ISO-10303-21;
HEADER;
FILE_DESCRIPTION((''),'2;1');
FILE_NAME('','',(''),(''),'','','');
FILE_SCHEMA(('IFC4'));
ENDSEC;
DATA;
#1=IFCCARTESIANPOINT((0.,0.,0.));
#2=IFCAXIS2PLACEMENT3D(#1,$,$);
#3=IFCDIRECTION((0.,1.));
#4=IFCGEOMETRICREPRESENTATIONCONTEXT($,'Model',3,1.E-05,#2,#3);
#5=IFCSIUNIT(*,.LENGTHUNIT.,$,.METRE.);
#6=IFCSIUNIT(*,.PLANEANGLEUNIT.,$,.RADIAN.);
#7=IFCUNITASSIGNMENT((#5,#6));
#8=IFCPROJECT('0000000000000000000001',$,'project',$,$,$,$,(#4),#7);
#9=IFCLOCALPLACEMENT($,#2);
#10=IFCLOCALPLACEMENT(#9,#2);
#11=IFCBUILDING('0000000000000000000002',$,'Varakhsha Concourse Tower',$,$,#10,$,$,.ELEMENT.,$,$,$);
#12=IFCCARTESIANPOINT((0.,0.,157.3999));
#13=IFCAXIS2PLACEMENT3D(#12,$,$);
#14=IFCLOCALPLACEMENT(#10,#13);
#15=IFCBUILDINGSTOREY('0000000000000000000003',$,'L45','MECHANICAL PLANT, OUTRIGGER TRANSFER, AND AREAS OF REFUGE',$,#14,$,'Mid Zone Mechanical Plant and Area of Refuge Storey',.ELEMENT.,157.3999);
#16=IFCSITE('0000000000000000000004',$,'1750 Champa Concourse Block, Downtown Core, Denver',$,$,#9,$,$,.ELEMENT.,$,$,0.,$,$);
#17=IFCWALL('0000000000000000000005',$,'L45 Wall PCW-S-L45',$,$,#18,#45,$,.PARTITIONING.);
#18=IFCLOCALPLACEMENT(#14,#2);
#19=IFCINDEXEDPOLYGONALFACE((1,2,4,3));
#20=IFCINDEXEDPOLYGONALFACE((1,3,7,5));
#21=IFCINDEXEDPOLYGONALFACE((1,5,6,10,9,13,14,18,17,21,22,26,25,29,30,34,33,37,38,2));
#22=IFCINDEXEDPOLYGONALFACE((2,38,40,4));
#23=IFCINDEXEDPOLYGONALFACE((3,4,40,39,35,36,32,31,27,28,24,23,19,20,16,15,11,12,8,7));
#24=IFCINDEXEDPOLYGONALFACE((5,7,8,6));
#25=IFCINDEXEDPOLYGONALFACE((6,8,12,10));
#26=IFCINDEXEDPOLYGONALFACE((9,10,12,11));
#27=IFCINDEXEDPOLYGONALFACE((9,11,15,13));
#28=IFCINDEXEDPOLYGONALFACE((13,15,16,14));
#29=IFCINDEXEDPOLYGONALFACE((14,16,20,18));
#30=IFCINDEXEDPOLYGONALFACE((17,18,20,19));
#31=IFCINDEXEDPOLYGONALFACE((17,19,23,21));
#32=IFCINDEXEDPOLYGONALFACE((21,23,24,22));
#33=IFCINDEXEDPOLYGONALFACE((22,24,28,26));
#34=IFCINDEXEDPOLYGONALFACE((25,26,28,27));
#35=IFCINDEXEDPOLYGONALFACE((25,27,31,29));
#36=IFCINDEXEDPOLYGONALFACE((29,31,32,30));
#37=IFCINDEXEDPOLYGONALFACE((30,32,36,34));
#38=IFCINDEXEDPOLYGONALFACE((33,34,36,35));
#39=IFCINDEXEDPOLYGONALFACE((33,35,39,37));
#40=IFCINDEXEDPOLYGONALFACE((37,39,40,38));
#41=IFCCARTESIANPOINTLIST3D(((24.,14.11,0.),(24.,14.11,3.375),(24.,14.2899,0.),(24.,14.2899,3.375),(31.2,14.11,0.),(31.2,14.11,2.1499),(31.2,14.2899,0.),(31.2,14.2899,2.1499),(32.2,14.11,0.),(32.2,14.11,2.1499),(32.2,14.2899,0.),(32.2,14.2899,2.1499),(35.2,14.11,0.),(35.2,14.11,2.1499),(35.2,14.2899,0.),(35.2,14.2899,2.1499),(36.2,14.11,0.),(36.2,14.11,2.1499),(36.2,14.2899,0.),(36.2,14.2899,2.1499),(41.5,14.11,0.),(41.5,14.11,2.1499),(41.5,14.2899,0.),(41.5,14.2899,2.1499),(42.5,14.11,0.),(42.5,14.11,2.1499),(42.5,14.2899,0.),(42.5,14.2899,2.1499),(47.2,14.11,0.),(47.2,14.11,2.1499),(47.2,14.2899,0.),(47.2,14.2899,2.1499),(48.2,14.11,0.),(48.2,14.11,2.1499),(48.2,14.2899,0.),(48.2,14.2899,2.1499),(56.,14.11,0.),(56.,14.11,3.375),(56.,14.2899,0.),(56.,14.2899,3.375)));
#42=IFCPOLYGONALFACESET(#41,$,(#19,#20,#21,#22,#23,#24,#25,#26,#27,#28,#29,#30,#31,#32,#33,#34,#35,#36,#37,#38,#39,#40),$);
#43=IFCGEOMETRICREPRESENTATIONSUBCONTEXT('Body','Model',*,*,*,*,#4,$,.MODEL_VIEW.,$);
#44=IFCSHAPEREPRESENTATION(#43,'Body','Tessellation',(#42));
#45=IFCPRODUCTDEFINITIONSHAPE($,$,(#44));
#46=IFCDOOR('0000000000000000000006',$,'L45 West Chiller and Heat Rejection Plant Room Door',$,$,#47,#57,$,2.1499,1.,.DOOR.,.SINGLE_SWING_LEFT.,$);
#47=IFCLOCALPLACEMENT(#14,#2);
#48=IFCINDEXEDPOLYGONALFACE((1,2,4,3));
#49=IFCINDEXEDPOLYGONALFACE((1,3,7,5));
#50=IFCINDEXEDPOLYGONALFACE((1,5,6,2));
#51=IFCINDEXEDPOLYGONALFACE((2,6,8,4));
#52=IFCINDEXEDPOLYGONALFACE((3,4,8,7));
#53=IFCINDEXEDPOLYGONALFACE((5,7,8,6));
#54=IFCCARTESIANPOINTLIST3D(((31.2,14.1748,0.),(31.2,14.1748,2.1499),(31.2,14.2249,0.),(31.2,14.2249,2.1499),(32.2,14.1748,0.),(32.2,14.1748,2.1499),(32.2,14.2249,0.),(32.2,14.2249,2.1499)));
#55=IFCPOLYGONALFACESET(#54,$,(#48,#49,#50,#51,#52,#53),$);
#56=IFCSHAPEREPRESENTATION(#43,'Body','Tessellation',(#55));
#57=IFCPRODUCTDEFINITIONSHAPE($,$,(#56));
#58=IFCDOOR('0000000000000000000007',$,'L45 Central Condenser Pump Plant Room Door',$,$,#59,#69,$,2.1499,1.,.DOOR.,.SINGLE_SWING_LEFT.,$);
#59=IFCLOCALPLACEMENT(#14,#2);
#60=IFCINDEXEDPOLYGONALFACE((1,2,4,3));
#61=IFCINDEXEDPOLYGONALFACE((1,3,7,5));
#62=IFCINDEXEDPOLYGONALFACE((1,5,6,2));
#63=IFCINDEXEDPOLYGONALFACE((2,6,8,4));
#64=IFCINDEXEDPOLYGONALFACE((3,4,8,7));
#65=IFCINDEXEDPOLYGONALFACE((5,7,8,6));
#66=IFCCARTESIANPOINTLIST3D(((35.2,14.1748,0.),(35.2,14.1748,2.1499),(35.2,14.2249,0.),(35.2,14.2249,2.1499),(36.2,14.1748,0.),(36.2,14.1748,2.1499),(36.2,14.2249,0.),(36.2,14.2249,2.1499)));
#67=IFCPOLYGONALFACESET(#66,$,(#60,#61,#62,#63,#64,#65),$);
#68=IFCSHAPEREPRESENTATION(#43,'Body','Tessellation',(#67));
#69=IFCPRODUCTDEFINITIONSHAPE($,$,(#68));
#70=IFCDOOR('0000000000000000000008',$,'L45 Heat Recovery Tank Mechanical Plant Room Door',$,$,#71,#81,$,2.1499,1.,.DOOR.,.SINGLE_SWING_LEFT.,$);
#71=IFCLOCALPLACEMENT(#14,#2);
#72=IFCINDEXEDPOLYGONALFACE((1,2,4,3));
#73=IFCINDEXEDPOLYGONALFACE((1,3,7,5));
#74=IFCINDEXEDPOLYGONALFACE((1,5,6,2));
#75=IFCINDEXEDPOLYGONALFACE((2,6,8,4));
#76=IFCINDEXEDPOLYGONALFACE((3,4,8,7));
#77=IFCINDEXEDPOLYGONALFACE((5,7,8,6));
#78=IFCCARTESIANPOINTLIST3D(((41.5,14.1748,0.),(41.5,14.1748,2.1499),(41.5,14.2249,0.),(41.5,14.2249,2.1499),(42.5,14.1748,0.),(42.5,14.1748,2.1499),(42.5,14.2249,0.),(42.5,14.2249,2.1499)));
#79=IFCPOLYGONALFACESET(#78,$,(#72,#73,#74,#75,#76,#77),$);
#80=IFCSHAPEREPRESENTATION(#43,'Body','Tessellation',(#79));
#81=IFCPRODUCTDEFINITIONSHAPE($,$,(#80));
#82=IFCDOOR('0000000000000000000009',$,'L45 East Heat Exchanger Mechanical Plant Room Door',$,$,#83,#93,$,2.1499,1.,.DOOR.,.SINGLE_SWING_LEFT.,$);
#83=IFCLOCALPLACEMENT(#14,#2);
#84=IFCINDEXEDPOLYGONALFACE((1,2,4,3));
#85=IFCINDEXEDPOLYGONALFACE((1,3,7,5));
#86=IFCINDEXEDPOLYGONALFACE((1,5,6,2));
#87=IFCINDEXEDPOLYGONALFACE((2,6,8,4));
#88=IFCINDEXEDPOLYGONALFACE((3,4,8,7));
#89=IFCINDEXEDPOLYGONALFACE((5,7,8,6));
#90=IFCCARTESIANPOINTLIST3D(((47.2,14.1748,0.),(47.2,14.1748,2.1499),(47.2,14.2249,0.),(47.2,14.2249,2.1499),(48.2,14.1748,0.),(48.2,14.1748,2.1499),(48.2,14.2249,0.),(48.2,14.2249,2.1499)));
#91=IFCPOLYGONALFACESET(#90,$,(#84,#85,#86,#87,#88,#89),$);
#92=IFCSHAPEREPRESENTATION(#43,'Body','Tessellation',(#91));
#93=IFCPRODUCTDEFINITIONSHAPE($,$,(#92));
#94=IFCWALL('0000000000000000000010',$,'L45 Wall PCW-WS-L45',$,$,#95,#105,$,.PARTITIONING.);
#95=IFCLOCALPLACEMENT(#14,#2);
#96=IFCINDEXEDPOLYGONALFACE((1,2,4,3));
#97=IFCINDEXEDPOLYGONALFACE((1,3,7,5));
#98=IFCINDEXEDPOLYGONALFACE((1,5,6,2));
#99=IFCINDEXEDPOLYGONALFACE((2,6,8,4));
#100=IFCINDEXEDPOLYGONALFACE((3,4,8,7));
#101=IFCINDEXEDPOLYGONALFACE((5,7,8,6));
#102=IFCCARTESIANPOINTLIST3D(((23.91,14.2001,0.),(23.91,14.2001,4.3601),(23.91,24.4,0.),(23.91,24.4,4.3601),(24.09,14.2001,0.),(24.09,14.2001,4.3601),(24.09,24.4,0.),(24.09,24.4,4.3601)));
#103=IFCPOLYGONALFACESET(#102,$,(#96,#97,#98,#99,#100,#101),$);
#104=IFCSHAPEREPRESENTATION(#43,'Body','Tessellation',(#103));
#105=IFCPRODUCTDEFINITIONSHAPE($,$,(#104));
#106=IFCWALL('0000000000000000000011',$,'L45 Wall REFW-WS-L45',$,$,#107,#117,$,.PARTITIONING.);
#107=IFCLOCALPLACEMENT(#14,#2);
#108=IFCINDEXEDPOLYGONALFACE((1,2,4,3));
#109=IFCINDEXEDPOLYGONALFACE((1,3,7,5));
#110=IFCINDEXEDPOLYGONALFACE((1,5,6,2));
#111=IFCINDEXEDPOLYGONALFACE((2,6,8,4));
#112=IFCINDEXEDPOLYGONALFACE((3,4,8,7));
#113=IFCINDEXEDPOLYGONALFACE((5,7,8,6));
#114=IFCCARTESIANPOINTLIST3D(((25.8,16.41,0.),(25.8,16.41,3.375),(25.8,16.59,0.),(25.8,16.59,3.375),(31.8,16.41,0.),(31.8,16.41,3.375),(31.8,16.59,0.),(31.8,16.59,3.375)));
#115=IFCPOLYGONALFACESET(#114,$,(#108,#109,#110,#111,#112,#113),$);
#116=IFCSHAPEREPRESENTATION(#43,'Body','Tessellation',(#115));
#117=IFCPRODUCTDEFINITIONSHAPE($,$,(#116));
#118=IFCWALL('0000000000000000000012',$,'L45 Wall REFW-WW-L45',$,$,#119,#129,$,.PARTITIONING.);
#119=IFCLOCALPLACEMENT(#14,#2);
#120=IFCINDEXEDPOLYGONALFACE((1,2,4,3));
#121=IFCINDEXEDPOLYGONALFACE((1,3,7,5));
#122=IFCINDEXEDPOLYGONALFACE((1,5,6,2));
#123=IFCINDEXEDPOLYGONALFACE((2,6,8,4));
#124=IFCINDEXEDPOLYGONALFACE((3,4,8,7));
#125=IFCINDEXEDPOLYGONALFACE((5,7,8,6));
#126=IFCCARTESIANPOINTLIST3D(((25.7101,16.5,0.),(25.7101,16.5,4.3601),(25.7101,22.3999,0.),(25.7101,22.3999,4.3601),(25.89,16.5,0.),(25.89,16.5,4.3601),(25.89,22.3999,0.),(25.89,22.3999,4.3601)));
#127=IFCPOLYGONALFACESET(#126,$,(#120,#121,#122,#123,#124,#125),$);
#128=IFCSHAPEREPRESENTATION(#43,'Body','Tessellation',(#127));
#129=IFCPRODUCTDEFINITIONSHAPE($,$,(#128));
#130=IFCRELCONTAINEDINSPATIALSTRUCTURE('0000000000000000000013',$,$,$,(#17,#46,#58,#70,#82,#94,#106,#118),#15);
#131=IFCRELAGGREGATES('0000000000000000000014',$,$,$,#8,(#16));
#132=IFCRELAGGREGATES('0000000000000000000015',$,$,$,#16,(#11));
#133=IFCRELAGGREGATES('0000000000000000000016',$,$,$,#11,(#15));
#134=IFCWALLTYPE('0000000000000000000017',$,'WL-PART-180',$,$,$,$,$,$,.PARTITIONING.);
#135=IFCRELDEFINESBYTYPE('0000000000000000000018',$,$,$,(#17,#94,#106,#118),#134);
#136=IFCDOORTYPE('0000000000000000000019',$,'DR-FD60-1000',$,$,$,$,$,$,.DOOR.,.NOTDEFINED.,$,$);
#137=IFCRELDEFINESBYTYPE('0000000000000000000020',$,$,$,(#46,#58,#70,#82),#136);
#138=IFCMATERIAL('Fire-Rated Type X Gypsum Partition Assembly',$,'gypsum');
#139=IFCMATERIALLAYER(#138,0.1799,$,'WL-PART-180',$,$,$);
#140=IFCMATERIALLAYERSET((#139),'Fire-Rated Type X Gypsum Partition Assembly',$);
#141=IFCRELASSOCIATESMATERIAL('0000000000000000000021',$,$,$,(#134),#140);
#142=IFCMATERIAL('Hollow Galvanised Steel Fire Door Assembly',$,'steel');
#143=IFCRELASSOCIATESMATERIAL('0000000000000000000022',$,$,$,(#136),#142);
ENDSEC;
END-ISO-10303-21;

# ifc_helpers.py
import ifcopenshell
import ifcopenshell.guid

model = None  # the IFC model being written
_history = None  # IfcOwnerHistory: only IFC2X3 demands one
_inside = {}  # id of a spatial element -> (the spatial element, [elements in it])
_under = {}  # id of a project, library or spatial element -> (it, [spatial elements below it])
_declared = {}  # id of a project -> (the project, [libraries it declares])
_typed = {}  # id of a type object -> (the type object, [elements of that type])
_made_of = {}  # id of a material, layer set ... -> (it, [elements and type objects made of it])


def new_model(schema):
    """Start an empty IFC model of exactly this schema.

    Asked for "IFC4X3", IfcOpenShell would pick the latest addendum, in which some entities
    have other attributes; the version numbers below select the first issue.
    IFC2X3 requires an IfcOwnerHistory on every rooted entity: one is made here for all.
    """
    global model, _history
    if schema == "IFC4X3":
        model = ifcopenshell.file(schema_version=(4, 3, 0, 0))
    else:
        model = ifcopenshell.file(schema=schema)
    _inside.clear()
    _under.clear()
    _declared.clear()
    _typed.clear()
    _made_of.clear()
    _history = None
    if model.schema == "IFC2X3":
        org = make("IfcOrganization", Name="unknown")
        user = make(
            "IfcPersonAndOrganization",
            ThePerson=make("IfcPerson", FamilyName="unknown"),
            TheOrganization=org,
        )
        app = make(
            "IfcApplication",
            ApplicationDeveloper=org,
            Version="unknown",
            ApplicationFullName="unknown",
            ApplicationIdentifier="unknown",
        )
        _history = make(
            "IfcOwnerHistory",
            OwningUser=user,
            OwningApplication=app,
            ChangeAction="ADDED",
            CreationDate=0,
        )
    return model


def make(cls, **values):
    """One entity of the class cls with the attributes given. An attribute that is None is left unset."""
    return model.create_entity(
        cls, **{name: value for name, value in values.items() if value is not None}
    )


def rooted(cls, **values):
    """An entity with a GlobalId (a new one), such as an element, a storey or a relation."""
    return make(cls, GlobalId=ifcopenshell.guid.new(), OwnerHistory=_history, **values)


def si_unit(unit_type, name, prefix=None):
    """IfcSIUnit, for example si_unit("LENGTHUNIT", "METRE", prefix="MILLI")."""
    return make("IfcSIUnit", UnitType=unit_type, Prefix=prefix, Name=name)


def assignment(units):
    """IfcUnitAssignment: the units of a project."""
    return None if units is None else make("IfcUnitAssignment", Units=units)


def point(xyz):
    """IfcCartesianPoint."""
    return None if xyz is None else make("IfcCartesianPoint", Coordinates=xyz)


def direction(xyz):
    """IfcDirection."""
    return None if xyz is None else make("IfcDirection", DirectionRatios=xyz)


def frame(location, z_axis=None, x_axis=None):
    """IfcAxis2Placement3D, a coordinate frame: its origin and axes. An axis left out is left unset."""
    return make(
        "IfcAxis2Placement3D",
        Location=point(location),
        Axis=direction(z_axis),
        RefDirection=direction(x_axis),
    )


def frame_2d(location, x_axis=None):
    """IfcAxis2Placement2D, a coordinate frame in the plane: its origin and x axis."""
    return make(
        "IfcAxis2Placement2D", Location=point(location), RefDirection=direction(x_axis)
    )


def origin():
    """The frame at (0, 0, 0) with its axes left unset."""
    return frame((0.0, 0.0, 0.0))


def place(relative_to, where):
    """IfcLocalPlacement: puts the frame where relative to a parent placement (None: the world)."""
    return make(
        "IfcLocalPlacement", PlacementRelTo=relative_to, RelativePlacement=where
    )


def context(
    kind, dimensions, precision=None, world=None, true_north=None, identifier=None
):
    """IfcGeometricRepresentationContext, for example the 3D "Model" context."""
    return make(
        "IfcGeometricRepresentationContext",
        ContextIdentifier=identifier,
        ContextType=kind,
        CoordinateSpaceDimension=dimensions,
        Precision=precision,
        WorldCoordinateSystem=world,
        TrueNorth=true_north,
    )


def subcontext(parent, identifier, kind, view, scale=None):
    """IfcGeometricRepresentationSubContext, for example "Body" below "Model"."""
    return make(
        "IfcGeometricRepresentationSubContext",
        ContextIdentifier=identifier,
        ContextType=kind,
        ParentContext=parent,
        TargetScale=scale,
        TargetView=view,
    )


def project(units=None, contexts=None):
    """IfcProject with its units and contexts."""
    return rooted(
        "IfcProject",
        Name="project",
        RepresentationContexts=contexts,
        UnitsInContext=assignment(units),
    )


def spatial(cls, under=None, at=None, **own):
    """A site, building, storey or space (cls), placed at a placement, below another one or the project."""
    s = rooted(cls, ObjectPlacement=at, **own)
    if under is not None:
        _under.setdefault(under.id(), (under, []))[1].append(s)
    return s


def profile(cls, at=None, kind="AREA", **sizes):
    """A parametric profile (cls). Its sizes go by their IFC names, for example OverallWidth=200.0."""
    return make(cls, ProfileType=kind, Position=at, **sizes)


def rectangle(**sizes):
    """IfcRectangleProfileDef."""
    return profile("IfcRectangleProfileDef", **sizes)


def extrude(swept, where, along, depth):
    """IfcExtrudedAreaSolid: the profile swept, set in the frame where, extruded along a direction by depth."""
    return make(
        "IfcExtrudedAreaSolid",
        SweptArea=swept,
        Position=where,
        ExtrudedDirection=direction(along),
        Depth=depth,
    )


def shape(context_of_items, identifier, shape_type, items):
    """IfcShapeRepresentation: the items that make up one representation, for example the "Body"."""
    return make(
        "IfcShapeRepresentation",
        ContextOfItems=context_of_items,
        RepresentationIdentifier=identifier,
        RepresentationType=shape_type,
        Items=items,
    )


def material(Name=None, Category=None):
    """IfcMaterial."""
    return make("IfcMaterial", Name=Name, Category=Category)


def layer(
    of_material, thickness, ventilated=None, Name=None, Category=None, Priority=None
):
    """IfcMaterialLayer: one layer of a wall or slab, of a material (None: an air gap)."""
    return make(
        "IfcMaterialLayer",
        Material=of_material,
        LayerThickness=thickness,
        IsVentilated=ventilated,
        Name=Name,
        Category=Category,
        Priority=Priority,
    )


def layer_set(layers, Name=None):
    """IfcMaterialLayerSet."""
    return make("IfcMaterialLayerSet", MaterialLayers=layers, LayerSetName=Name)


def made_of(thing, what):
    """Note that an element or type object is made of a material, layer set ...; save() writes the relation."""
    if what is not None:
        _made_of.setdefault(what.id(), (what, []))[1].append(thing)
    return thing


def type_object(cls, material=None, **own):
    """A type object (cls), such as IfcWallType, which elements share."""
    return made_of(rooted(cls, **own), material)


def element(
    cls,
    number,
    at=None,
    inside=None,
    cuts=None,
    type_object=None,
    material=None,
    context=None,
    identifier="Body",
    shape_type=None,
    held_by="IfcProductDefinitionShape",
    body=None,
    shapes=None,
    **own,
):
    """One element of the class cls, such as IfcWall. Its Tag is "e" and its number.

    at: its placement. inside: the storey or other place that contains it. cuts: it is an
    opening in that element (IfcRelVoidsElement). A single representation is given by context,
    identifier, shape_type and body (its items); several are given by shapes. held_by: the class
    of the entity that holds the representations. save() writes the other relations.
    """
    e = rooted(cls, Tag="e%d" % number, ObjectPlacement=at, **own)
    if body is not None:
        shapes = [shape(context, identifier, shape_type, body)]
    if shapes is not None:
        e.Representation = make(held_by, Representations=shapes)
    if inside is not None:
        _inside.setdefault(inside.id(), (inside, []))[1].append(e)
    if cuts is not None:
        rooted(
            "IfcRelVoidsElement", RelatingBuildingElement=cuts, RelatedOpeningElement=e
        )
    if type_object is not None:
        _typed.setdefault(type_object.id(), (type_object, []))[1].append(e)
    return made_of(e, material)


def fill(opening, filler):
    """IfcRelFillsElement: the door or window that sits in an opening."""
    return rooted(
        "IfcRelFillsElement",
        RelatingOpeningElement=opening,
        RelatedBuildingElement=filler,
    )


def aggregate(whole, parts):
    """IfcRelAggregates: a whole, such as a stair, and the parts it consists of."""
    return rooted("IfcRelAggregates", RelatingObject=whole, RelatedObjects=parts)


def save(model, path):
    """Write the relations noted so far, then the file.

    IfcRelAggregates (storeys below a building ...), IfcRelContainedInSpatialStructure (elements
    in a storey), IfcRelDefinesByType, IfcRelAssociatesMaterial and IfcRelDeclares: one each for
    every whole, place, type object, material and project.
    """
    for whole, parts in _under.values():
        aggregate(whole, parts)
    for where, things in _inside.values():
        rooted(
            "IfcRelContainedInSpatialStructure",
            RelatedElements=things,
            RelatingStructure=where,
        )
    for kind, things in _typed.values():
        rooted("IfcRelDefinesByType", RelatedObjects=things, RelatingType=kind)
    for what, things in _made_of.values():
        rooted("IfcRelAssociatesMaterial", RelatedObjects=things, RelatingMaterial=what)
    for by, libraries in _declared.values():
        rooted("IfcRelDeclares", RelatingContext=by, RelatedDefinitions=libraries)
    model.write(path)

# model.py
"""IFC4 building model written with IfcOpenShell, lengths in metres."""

from ifc_helpers import new_model, si_unit, direction, frame, frame_2d, origin, place, context, subcontext, project, spatial, rectangle, extrude, material, layer, layer_set, type_object, element, fill, save


model = new_model("IFC4")

# Units and contexts
model_context = context("Model", 3, precision=1e-05, world=origin(), true_north=direction((0.0, 1.0)))
body_context = subcontext(model_context, "Body", "Model", "MODEL_VIEW")
ifc_project = project(units=[si_unit("LENGTHUNIT", "METRE"), si_unit("PLANEANGLEUNIT", "RADIAN")], contexts=[model_context])

# Site, building, storey
site_placement = place(None, origin())
site = spatial("IfcSite", under=ifc_project, at=site_placement, Name="1750 Champa Concourse Block, Downtown Core, Denver", CompositionType="ELEMENT", RefElevation=0.0)
building_placement = place(site_placement, origin())
building = spatial("IfcBuilding", under=site, at=building_placement, Name="Varakhsha Concourse Tower", CompositionType="ELEMENT")
storey_placement = place(building_placement, frame((0.0, 0.0, 157.3999)))
storey = spatial("IfcBuildingStorey", under=building, at=storey_placement, Name="L45", Description="MECHANICAL PLANT, OUTRIGGER TRANSFER, AND AREAS OF REFUGE", LongName="Mid Zone Mechanical Plant and Area of Refuge Storey", CompositionType="ELEMENT", Elevation=157.3999)

# Wall, openings, doors
ifc_material_1 = material(Name="Fire-Rated Type X Gypsum Partition Assembly", Category="gypsum")
ifc_layer_1 = layer(ifc_material_1, 0.1799, Name="WL-PART-180")
ifc_layer_set_1 = layer_set([ifc_layer_1], Name="Fire-Rated Type X Gypsum Partition Assembly")
wall_type = type_object("IfcWallType", Name="WL-PART-180", PredefinedType="PARTITIONING", material=ifc_layer_set_1)
wall_1_placement = place(storey_placement, frame((24.0, 14.2, 0.0), z_axis=(0.0, 0.0, 1.0), x_axis=(1.0, 0.0, 0.0)))
wall_1 = element("IfcWall", 1, at=wall_1_placement, inside=storey, type_object=wall_type, Name="L45 Wall PCW-S-L45", PredefinedType="PARTITIONING", context=body_context, shape_type="SweptSolid", body=[
    extrude(rectangle(XDim=32.0, YDim=0.1799, at=frame_2d((16.0, 0.0))), origin(), (0.0, 0.0, 1.0), 3.375),
])
opening_1_placement = place(wall_1_placement, frame((7.2, 0.0, 0.0)))
opening_1 = element("IfcOpeningElement", 2, at=opening_1_placement, cuts=wall_1, PredefinedType="OPENING", context=body_context, shape_type="SweptSolid", body=[
    extrude(rectangle(XDim=1.0, YDim=2.1499, at=frame_2d((0.5, 1.075))), frame((0.0, 0.0999, 0.0), z_axis=(0.0, -1.0, 0.0), x_axis=(1.0, 0.0, 0.0)), (0.0, 0.0, 1.0), 0.2),
])
opening_2_placement = place(wall_1_placement, frame((11.2, 0.0, 0.0)))
opening_2 = element("IfcOpeningElement", 3, at=opening_2_placement, cuts=wall_1, PredefinedType="OPENING", context=body_context, shape_type="SweptSolid", body=[
    extrude(rectangle(XDim=1.0, YDim=2.1499, at=frame_2d((0.5, 1.075))), frame((0.0, 0.0999, 0.0), z_axis=(0.0, -1.0, 0.0), x_axis=(1.0, 0.0, 0.0)), (0.0, 0.0, 1.0), 0.2),
])
opening_3_placement = place(wall_1_placement, frame((17.5, 0.0, 0.0)))
opening_3 = element("IfcOpeningElement", 4, at=opening_3_placement, cuts=wall_1, PredefinedType="OPENING", context=body_context, shape_type="SweptSolid", body=[
    extrude(rectangle(XDim=1.0, YDim=2.1499, at=frame_2d((0.5, 1.075))), frame((0.0, 0.0999, 0.0), z_axis=(0.0, -1.0, 0.0), x_axis=(1.0, 0.0, 0.0)), (0.0, 0.0, 1.0), 0.2),
])
opening_4_placement = place(wall_1_placement, frame((23.2, 0.0, 0.0)))
opening_4 = element("IfcOpeningElement", 5, at=opening_4_placement, cuts=wall_1, PredefinedType="OPENING", context=body_context, shape_type="SweptSolid", body=[
    extrude(rectangle(XDim=1.0, YDim=2.1499, at=frame_2d((0.5, 1.075))), frame((0.0, 0.0999, 0.0), z_axis=(0.0, -1.0, 0.0), x_axis=(1.0, 0.0, 0.0)), (0.0, 0.0, 1.0), 0.2),
])
ifc_material_2 = material(Name="Hollow Galvanised Steel Fire Door Assembly", Category="steel")
door_type = type_object("IfcDoorType", Name="DR-FD60-1000", OperationType="NOTDEFINED", PredefinedType="DOOR", material=ifc_material_2)
door_1_placement = place(opening_1_placement, origin())
door_1 = element("IfcDoor", 6, at=door_1_placement, inside=storey, type_object=door_type, Name="L45 West Chiller and Heat Rejection Plant Room Door", OperationType="SINGLE_SWING_LEFT", OverallHeight=2.1499, OverallWidth=1.0, PredefinedType="DOOR", context=body_context, shape_type="SweptSolid", body=[
    extrude(rectangle(XDim=1.0, YDim=2.1499, at=frame_2d((0.5, 1.075))), frame((0.0, 0.0249, 0.0), z_axis=(0.0, -1.0, 0.0), x_axis=(1.0, 0.0, 0.0)), (0.0, 0.0, 1.0), 0.05),
])
fill(opening_1, door_1)
door_2_placement = place(opening_2_placement, origin())
door_2 = element("IfcDoor", 7, at=door_2_placement, inside=storey, type_object=door_type, Name="L45 Central Condenser Pump Plant Room Door", OperationType="SINGLE_SWING_LEFT", OverallHeight=2.1499, OverallWidth=1.0, PredefinedType="DOOR", context=body_context, shape_type="SweptSolid", body=[
    extrude(rectangle(XDim=1.0, YDim=2.1499, at=frame_2d((0.5, 1.075))), frame((0.0, 0.0249, 0.0), z_axis=(0.0, -1.0, 0.0), x_axis=(1.0, 0.0, 0.0)), (0.0, 0.0, 1.0), 0.05),
])
fill(opening_2, door_2)
door_3_placement = place(opening_3_placement, origin())
door_3 = element("IfcDoor", 8, at=door_3_placement, inside=storey, type_object=door_type, Name="L45 Heat Recovery Tank Mechanical Plant Room Door", OperationType="SINGLE_SWING_LEFT", OverallHeight=2.1499, OverallWidth=1.0, PredefinedType="DOOR", context=body_context, shape_type="SweptSolid", body=[
    extrude(rectangle(XDim=1.0, YDim=2.1499, at=frame_2d((0.5, 1.075))), frame((0.0, 0.0249, 0.0), z_axis=(0.0, -1.0, 0.0), x_axis=(1.0, 0.0, 0.0)), (0.0, 0.0, 1.0), 0.05),
])
fill(opening_3, door_3)
door_4_placement = place(opening_4_placement, origin())
door_4 = element("IfcDoor", 9, at=door_4_placement, inside=storey, type_object=door_type, Name="L45 East Heat Exchanger Mechanical Plant Room Door", OperationType="SINGLE_SWING_LEFT", OverallHeight=2.1499, OverallWidth=1.0, PredefinedType="DOOR", context=body_context, shape_type="SweptSolid", body=[
    extrude(rectangle(XDim=1.0, YDim=2.1499, at=frame_2d((0.5, 1.075))), frame((0.0, 0.0249, 0.0), z_axis=(0.0, -1.0, 0.0), x_axis=(1.0, 0.0, 0.0)), (0.0, 0.0, 1.0), 0.05),
])
fill(opening_4, door_4)

# Walls
wall_2_placement = place(storey_placement, frame((24.0, 14.2, 0.0), z_axis=(0.0, 0.0, 1.0), x_axis=(0.0, 1.0, 0.0)))
element("IfcWall", 10, at=wall_2_placement, inside=storey, type_object=wall_type, Name="L45 Wall PCW-WS-L45", PredefinedType="PARTITIONING", context=body_context, shape_type="SweptSolid", body=[
    extrude(rectangle(XDim=10.2, YDim=0.1799, at=frame_2d((5.1001, 0.0))), origin(), (0.0, 0.0, 1.0), 4.3601),
])
wall_3_placement = place(storey_placement, frame((25.8, 16.5, 0.0), z_axis=(0.0, 0.0, 1.0), x_axis=(1.0, 0.0, 0.0)))
element("IfcWall", 11, at=wall_3_placement, inside=storey, type_object=wall_type, Name="L45 Wall REFW-WS-L45", PredefinedType="PARTITIONING", context=body_context, shape_type="SweptSolid", body=[
    extrude(rectangle(XDim=6.0, YDim=0.1799, at=frame_2d((3.0, 0.0))), origin(), (0.0, 0.0, 1.0), 3.375),
])
wall_4_placement = place(storey_placement, frame((25.8, 16.5, 0.0), z_axis=(0.0, 0.0, 1.0), x_axis=(0.0, 1.0, 0.0)))
element("IfcWall", 12, at=wall_4_placement, inside=storey, type_object=wall_type, Name="L45 Wall REFW-WW-L45", PredefinedType="PARTITIONING", context=body_context, shape_type="SweptSolid", body=[
    extrude(rectangle(XDim=5.8999, YDim=0.1799, at=frame_2d((2.95, 0.0))), origin(), (0.0, 0.0, 1.0), 4.3601),
])

save(model, "model.ifc")
